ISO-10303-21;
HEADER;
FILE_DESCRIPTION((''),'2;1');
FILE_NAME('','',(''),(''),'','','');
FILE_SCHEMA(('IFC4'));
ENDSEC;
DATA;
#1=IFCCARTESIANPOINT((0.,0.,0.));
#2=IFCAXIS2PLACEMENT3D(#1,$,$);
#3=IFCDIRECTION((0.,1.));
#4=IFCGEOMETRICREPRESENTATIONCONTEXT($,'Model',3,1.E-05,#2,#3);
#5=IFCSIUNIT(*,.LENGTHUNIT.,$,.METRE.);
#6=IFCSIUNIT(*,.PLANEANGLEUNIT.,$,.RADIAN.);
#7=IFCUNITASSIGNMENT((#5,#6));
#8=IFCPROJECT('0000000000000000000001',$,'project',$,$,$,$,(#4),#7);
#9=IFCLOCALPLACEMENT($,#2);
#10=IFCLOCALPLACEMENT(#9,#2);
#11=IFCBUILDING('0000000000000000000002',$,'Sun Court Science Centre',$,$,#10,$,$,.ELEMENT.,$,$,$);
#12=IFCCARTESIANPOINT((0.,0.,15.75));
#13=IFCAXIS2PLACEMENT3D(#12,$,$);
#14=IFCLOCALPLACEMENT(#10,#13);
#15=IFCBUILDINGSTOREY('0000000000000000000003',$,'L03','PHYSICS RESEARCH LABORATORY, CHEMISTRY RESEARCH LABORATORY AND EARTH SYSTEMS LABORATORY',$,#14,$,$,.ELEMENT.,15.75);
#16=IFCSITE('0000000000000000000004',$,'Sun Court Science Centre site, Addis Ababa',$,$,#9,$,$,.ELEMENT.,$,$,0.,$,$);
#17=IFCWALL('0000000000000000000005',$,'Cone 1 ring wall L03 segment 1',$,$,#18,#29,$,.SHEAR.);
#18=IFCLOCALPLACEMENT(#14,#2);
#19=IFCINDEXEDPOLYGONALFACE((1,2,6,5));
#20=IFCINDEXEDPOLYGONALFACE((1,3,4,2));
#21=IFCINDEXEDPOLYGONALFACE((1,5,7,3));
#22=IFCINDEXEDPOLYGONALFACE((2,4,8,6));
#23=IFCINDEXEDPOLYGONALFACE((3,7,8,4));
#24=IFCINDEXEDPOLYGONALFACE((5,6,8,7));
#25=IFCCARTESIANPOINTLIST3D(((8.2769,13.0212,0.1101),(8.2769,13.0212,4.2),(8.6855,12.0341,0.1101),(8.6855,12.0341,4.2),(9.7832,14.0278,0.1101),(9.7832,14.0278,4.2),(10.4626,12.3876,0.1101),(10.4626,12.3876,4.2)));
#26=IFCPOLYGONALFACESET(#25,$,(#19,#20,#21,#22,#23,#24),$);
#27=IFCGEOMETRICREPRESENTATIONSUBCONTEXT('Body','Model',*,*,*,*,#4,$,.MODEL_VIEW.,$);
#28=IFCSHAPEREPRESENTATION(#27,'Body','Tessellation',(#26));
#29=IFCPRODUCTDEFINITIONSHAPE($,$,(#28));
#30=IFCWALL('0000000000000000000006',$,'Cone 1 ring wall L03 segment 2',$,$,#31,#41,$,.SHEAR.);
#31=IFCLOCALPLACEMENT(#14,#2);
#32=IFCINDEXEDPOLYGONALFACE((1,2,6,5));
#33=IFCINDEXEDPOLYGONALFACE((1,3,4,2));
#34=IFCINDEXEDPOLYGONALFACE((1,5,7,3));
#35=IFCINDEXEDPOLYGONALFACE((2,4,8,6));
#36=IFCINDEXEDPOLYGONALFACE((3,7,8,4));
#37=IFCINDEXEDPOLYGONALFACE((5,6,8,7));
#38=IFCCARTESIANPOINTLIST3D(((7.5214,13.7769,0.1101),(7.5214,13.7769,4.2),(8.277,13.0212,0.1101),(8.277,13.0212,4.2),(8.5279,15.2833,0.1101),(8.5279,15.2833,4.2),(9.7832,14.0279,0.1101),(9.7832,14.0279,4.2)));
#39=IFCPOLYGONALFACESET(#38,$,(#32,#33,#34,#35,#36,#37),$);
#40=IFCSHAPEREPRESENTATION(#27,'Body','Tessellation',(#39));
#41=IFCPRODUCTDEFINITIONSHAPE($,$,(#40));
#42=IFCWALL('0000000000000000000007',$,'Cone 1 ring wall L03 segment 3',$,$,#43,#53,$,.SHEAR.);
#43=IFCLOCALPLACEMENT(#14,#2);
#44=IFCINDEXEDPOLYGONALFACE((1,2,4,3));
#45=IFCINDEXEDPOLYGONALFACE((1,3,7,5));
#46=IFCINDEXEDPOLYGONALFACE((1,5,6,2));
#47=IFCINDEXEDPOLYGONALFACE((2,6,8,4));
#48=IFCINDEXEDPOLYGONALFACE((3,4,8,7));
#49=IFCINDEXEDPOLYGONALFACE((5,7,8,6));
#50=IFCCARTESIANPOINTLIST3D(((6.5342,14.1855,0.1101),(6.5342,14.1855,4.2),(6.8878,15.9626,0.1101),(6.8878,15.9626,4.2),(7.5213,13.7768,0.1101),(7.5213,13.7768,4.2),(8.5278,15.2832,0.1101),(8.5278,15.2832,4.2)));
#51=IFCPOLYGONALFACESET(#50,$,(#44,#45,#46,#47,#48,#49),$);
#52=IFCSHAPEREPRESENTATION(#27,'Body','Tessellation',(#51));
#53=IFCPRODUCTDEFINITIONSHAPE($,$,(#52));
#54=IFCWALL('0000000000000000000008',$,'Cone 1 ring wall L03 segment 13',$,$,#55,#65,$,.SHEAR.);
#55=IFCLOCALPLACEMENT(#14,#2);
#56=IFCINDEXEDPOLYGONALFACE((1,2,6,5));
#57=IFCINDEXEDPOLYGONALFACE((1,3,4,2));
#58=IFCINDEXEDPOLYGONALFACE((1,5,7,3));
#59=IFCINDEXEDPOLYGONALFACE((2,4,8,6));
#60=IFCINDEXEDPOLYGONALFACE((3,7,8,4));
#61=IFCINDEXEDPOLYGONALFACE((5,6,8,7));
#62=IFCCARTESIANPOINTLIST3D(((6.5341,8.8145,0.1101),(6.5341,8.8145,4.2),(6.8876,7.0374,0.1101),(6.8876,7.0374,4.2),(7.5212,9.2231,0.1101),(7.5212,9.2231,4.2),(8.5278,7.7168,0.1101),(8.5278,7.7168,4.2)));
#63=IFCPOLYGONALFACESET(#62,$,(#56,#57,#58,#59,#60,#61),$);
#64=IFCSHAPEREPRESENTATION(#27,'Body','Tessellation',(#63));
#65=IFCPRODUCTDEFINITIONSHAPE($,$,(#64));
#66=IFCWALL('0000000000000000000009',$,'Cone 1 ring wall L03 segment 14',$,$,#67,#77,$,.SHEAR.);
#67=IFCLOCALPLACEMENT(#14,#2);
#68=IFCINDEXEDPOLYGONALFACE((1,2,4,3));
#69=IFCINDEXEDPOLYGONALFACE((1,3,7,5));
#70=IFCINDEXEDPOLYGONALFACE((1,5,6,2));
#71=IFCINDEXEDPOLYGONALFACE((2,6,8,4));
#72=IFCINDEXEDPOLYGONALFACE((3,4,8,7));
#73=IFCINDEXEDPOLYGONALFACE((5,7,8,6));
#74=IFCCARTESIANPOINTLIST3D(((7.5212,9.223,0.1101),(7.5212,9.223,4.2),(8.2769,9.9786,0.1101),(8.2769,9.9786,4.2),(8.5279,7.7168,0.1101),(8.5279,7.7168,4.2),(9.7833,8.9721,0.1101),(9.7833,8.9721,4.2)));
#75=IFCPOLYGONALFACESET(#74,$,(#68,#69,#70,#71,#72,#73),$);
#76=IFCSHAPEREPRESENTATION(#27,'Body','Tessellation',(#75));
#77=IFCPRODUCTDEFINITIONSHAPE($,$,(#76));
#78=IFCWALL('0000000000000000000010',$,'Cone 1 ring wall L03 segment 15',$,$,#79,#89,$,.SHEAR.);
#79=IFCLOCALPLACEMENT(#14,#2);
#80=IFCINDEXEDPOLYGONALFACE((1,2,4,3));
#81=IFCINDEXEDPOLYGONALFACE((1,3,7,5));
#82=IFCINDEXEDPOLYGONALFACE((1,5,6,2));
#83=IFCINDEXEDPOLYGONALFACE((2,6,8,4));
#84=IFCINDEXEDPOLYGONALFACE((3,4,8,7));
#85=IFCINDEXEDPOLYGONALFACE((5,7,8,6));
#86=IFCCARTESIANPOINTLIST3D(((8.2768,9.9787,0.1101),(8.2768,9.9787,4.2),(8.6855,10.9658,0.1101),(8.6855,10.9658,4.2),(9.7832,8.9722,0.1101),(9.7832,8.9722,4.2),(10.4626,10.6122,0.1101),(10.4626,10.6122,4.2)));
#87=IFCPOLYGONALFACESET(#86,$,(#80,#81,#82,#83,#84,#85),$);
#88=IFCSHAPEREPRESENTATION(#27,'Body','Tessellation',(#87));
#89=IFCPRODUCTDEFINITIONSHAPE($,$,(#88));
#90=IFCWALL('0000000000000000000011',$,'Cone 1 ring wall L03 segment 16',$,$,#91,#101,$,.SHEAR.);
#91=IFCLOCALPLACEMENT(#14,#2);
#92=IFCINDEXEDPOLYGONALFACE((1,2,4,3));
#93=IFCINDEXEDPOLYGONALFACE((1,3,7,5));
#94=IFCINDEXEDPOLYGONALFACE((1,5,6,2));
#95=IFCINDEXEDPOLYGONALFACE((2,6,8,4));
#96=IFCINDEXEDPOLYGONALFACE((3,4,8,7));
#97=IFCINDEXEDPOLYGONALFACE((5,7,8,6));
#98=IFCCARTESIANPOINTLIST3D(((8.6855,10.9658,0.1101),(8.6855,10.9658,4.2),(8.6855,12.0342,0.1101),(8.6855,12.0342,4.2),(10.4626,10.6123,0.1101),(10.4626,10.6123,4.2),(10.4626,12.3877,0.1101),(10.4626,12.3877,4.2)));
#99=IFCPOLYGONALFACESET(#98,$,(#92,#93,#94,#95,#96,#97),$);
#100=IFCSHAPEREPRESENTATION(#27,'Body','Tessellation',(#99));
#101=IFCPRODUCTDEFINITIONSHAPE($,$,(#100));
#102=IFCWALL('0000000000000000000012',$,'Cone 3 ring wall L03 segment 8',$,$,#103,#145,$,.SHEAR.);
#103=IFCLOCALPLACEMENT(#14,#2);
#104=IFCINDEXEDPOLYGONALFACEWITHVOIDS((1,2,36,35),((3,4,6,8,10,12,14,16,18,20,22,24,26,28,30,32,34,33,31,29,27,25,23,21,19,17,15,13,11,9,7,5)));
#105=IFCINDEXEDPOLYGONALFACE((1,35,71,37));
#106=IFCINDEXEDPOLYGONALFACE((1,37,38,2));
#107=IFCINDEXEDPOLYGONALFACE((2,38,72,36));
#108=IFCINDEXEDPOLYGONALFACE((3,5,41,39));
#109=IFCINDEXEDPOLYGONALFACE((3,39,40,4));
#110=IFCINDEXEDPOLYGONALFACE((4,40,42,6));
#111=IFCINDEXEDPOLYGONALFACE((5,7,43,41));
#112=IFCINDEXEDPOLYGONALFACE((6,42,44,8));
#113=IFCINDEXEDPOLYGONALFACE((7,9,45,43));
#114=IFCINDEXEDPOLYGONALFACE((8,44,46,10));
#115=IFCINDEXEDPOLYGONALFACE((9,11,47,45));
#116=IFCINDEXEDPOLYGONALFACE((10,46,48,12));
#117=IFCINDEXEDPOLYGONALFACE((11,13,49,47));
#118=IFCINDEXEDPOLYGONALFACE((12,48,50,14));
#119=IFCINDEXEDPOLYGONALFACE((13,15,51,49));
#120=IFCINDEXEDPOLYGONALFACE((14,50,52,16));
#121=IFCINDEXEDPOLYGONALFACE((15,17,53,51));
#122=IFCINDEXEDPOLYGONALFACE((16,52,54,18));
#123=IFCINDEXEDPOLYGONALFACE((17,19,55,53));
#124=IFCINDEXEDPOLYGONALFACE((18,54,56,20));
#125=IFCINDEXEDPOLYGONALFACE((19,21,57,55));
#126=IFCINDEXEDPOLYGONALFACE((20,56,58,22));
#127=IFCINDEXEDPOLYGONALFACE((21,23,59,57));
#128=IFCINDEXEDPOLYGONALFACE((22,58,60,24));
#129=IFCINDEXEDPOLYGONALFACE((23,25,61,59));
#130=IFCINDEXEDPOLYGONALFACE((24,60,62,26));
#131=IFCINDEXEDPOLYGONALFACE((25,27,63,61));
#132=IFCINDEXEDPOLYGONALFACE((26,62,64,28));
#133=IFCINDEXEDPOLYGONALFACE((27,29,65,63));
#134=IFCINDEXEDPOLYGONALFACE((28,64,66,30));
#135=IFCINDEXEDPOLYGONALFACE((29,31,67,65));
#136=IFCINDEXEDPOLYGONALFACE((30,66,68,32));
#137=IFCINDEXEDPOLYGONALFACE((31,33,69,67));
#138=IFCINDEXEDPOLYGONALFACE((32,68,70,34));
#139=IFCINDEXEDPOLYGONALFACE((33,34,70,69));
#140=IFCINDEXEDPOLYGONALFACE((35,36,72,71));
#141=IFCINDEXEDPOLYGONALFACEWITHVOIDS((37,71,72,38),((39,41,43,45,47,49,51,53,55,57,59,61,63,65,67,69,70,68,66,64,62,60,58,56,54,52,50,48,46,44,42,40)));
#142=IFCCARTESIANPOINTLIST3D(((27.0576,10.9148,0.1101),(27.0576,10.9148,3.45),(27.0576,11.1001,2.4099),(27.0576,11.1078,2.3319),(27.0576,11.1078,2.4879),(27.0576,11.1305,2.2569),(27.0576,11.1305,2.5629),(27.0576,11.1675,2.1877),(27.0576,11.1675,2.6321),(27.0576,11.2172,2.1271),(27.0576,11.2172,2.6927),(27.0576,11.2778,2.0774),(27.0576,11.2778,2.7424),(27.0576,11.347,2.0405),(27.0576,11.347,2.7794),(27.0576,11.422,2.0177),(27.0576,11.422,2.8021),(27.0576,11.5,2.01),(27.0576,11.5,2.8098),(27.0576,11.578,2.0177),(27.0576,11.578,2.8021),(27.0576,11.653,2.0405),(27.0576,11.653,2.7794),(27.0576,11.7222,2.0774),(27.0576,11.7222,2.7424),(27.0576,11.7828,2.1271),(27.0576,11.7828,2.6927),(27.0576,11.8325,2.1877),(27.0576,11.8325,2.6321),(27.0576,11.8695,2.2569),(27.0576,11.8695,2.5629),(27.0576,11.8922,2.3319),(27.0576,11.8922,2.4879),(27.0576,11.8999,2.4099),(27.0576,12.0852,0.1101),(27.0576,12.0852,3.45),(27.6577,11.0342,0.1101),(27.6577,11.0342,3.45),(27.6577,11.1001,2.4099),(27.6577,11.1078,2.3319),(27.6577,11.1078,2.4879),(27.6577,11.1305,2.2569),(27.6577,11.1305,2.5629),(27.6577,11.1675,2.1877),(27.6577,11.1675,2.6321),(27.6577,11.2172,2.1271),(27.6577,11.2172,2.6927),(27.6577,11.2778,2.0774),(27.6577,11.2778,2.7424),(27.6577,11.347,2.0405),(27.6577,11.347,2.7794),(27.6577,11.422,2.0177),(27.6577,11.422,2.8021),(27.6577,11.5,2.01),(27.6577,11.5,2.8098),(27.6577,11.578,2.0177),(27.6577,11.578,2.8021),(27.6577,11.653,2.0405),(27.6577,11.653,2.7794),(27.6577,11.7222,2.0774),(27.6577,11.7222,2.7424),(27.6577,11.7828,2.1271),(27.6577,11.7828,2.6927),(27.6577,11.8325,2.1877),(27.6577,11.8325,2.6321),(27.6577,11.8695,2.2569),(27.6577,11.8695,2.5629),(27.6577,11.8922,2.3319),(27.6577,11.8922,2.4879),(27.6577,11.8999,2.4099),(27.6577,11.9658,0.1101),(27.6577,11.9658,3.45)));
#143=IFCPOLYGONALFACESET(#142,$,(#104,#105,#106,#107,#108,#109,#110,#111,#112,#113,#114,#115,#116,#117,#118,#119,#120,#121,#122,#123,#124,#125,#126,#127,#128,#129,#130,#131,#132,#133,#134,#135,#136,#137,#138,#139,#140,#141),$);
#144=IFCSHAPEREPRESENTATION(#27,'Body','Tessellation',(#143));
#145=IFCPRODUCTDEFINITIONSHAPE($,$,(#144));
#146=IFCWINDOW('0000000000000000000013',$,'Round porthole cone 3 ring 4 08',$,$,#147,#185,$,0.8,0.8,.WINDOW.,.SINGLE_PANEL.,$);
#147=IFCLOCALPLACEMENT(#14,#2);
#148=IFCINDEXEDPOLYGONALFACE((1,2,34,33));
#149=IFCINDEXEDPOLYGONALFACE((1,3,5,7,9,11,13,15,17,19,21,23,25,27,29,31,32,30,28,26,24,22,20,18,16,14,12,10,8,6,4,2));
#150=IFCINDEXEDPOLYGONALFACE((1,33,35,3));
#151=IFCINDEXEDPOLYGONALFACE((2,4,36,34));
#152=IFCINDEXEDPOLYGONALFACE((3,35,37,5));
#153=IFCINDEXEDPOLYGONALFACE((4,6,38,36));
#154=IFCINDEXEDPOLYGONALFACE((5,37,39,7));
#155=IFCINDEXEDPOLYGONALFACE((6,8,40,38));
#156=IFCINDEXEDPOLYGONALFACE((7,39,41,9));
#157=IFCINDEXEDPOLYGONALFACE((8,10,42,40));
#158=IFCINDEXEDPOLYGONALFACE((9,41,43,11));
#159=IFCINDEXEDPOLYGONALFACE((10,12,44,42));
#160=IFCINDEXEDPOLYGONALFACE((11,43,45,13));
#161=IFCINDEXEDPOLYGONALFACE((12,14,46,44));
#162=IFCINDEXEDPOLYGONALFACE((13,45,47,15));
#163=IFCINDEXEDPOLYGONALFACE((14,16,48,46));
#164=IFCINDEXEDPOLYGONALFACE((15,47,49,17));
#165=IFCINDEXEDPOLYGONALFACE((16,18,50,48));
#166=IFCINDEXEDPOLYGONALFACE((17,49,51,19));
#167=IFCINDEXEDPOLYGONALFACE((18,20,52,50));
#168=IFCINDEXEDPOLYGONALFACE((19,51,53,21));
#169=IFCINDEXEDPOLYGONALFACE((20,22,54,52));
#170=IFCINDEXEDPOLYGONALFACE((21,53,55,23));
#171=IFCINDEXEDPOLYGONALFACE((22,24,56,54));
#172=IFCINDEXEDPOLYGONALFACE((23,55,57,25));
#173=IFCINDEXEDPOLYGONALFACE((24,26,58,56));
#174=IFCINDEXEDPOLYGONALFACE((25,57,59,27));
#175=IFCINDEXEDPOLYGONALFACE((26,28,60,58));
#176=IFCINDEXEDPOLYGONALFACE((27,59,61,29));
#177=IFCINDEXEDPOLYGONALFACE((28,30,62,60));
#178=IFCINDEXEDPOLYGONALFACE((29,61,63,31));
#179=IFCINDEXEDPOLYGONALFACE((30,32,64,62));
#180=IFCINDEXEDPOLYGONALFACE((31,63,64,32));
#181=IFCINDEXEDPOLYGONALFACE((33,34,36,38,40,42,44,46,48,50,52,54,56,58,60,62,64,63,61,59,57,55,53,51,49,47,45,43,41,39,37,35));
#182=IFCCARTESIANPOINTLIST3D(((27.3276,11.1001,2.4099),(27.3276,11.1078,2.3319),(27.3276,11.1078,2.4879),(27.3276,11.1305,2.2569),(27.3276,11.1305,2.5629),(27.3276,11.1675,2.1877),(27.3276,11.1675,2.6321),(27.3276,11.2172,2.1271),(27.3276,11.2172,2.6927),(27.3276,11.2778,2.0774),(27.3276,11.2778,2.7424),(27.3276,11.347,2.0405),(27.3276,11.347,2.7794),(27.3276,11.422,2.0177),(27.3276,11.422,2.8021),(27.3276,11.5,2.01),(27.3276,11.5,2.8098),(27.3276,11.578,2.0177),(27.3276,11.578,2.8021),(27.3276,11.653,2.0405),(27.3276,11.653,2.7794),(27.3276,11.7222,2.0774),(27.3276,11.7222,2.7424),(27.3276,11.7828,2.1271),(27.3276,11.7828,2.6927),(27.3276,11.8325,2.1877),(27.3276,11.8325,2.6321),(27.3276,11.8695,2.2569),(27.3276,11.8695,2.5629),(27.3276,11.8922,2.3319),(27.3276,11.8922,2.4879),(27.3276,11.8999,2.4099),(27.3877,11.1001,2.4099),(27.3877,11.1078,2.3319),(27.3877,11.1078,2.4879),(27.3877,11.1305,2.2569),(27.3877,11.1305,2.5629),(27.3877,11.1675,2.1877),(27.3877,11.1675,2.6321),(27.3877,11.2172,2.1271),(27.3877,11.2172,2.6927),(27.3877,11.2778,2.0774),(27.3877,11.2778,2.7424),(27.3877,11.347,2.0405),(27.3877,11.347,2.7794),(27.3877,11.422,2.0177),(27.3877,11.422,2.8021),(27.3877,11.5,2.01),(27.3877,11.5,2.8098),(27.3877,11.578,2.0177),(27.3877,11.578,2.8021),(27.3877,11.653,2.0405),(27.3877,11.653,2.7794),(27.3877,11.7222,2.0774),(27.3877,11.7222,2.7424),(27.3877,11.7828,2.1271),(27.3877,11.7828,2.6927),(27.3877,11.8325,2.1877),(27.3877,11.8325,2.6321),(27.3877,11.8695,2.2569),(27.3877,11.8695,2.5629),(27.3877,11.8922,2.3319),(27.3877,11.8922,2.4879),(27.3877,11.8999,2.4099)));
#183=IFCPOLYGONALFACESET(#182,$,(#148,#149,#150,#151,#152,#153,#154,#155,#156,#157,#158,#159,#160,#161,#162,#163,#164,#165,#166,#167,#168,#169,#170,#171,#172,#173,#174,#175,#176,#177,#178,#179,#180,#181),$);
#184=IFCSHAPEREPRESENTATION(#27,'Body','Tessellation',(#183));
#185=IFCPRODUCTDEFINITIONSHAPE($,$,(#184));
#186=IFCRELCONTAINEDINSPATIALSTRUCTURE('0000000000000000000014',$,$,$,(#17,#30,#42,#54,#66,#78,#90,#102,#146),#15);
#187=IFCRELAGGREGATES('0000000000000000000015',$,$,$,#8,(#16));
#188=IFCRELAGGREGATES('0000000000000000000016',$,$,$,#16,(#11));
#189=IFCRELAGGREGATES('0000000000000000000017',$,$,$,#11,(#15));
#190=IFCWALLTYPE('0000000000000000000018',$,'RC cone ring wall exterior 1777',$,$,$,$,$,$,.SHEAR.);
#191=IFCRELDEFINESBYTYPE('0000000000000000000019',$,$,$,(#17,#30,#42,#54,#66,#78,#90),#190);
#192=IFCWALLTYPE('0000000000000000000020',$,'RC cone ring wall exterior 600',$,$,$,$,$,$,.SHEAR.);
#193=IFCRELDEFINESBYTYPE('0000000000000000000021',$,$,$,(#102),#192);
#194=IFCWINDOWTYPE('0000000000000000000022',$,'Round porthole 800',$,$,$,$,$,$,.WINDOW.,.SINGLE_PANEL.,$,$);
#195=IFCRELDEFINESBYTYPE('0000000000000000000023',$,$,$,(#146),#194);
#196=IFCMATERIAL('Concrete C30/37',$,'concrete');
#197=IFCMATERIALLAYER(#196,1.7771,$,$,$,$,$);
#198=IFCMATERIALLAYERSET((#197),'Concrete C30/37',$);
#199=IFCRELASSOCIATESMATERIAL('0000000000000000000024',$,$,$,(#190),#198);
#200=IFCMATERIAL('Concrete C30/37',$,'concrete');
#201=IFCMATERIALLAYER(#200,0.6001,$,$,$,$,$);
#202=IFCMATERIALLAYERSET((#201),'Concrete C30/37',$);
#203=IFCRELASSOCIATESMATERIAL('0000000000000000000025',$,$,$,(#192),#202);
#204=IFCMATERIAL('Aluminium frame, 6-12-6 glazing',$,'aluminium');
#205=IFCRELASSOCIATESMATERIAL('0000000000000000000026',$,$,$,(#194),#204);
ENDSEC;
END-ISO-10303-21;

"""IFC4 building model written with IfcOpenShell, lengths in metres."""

from ifc_helpers import new_model, si_unit, direction, frame, frame_2d, origin, place, context, subcontext, project, spatial, polyline, circle, outline, extrude, material, layer, layer_set, type_object, element, fill, save


model = new_model("IFC4")

# Units and contexts
model_context = context("Model", 3, precision=1e-05, world=origin(), true_north=direction((0.0, 1.0)))
body_context = subcontext(model_context, "Body", "Model", "MODEL_VIEW")
ifc_project = project(units=[si_unit("LENGTHUNIT", "METRE"), si_unit("PLANEANGLEUNIT", "RADIAN")], contexts=[model_context])

# Site, building, storey
site_placement = place(None, origin())
site = spatial("IfcSite", under=ifc_project, at=site_placement, Name="Sun Court Science Centre site, Addis Ababa", CompositionType="ELEMENT", RefElevation=0.0)
building_placement = place(site_placement, origin())
building = spatial("IfcBuilding", under=site, at=building_placement, Name="Sun Court Science Centre", CompositionType="ELEMENT")
storey_placement = place(building_placement, frame((0.0, 0.0, 15.75)))
storey = spatial("IfcBuildingStorey", under=building, at=storey_placement, Name="L03", Description="PHYSICS RESEARCH LABORATORY, CHEMISTRY RESEARCH LABORATORY AND EARTH SYSTEMS LABORATORY", CompositionType="ELEMENT", Elevation=15.75)

# Walls
ifc_material_1 = material(Name="Concrete C30/37", Category="concrete")
ifc_layer_1 = layer(ifc_material_1, 1.7771)
ifc_layer_set_1 = layer_set([ifc_layer_1], Name="Concrete C30/37")
wall_type_1 = type_object("IfcWallType", Name="RC cone ring wall exterior 1777", PredefinedType="SHEAR", material=ifc_layer_set_1)
wall_1_placement = place(storey_placement, frame((9.6418, 12.0476, 0.1101), z_axis=(0.0, 0.0, 1.0), x_axis=(-0.38272, 0.923864, 0.0)))
element("IfcWall", 1, at=wall_1_placement, inside=storey, type_object=wall_type_1, Name="Cone 1 ring wall L03 segment 1", PredefinedType="SHEAR", context=body_context, shape_type="SweptSolid", body=[
    extrude(outline(polyline([(0.0, -0.8884), (1.7754, -0.8884), (1.4219, 0.8884), (0.3535, 0.8887), (0.0, -0.8884)])), origin(), (0.0, 0.0, 1.0), 4.0898),
])
wall_2_placement = place(storey_placement, frame((9.155, 13.3997, 0.1101), z_axis=(0.0, 0.0, 1.0), x_axis=(-0.707107, 0.707107, 0.0)))
element("IfcWall", 2, at=wall_2_placement, inside=storey, type_object=wall_type_1, Name="Cone 1 ring wall L03 segment 2", PredefinedType="SHEAR", context=body_context, shape_type="SweptSolid", body=[
    extrude(outline(polyline([(0.0, -0.8884), (1.7754, -0.8884), (1.4219, 0.8884), (0.3533, 0.8884), (0.0, -0.8884)])), origin(), (0.0, 0.0, 1.0), 4.0898),
])
wall_3_placement = place(storey_placement, frame((8.1877, 14.4624, 0.1101), z_axis=(0.0, 0.0, 1.0), x_axis=(-0.923864, 0.38272, 0.0)))
element("IfcWall", 3, at=wall_3_placement, inside=storey, type_object=wall_type_1, Name="Cone 1 ring wall L03 segment 3", PredefinedType="SHEAR", context=body_context, shape_type="SweptSolid", body=[
    extrude(outline(polyline([(0.0, -0.8884), (1.7751, -0.8884), (1.4216, 0.8887), (0.3533, 0.8884), (0.0, -0.8884)])), origin(), (0.0, 0.0, 1.0), 4.0898),
])
wall_4_placement = place(storey_placement, frame((6.5476, 7.8582, 0.1101), z_axis=(0.0, 0.0, 1.0), x_axis=(0.923864, 0.38272, 0.0)))
element("IfcWall", 4, at=wall_4_placement, inside=storey, type_object=wall_type_1, Name="Cone 1 ring wall L03 segment 13", PredefinedType="SHEAR", context=body_context, shape_type="SweptSolid", body=[
    extrude(outline(polyline([(0.0, -0.8884), (1.7754, -0.8884), (1.4219, 0.8884), (0.3535, 0.8887), (0.0, -0.8884)])), origin(), (0.0, 0.0, 1.0), 4.0898),
])
wall_5_placement = place(storey_placement, frame((7.8997, 8.345, 0.1101), z_axis=(0.0, 0.0, 1.0), x_axis=(0.707107, 0.707107, 0.0)))
element("IfcWall", 5, at=wall_5_placement, inside=storey, type_object=wall_type_1, Name="Cone 1 ring wall L03 segment 14", PredefinedType="SHEAR", context=body_context, shape_type="SweptSolid", body=[
    extrude(outline(polyline([(0.0, -0.8884), (1.7754, -0.8884), (1.4219, 0.8884), (0.3533, 0.8884), (0.0, -0.8884)])), origin(), (0.0, 0.0, 1.0), 4.0898),
])
wall_6_placement = place(storey_placement, frame((8.9624, 9.3123, 0.1101), z_axis=(0.0, 0.0, 1.0), x_axis=(0.38272, 0.923864, 0.0)))
element("IfcWall", 6, at=wall_6_placement, inside=storey, type_object=wall_type_1, Name="Cone 1 ring wall L03 segment 15", PredefinedType="SHEAR", context=body_context, shape_type="SweptSolid", body=[
    extrude(outline(polyline([(0.0, -0.8884), (1.7751, -0.8884), (1.4216, 0.8887), (0.3533, 0.8884), (0.0, -0.8884)])), origin(), (0.0, 0.0, 1.0), 4.0898),
])
wall_7_placement = place(storey_placement, frame((9.5742, 10.6123, 0.1101), z_axis=(0.0, 0.0, 1.0), x_axis=(0.0, 1.0, 0.0)))
element("IfcWall", 7, at=wall_7_placement, inside=storey, type_object=wall_type_1, Name="Cone 1 ring wall L03 segment 16", PredefinedType="SHEAR", context=body_context, shape_type="SweptSolid", body=[
    extrude(outline(polyline([(0.0, -0.8884), (1.7754, -0.8884), (1.4219, 0.8887), (0.3535, 0.8887), (0.0, -0.8884)])), origin(), (0.0, 0.0, 1.0), 4.0898),
])

# Wall, opening, window
ifc_material_2 = material(Name="Concrete C30/37", Category="concrete")
ifc_layer_2 = layer(ifc_material_2, 0.6001)
ifc_layer_set_2 = layer_set([ifc_layer_2], Name="Concrete C30/37")
wall_type_2 = type_object("IfcWallType", Name="RC cone ring wall exterior 600", PredefinedType="SHEAR", material=ifc_layer_set_2)
wall_8_placement = place(storey_placement, frame((27.3577, 12.0852, 0.1101), z_axis=(0.0, 0.0, 1.0), x_axis=(0.0, -1.0, 0.0)))
wall_8 = element("IfcWall", 8, at=wall_8_placement, inside=storey, type_object=wall_type_2, Name="Cone 3 ring wall L03 segment 8", PredefinedType="SHEAR", context=body_context, shape_type="SweptSolid", body=[
    extrude(outline(polyline([(0.0, -0.3), (1.1704, -0.3), (1.051, 0.3), (0.1194, 0.3), (0.0, -0.3)])), origin(), (0.0, 0.0, 1.0), 3.3398),
])
opening_1_placement = place(wall_8_placement, frame((0.1853, 0.0, 1.8999)))
opening_1 = element("IfcOpeningElement", 9, at=opening_1_placement, cuts=wall_8, PredefinedType="OPENING", context=body_context, shape_type="SweptSolid", body=[
    extrude(circle(Radius=0.3999, at=frame_2d((0.3999, 0.3999))), frame((0.0, 0.3101, 0.0), z_axis=(0.0, -1.0, 0.0), x_axis=(1.0, 0.0, 0.0)), (0.0, 0.0, 1.0), 0.6201),
])
ifc_material_3 = material(Name="Aluminium frame, 6-12-6 glazing", Category="aluminium")
window_type = type_object("IfcWindowType", Name="Round porthole 800", PartitioningType="SINGLE_PANEL", PredefinedType="WINDOW", material=ifc_material_3)
window_1_placement = place(opening_1_placement, origin())
window_1 = element("IfcWindow", 10, at=window_1_placement, inside=storey, type_object=window_type, Name="Round porthole cone 3 ring 4 08", OverallHeight=0.8, OverallWidth=0.8, PartitioningType="SINGLE_PANEL", PredefinedType="WINDOW", context=body_context, shape_type="SweptSolid", body=[
    extrude(circle(Radius=0.3999, at=frame_2d((0.3999, 0.3999))), frame((0.0, 0.03, 0.0), z_axis=(0.0, -1.0, 0.0), x_axis=(1.0, 0.0, 0.0)), (0.0, 0.0, 1.0), 0.0601),
])
fill(opening_1, window_1)

save(model, "model.ifc")
